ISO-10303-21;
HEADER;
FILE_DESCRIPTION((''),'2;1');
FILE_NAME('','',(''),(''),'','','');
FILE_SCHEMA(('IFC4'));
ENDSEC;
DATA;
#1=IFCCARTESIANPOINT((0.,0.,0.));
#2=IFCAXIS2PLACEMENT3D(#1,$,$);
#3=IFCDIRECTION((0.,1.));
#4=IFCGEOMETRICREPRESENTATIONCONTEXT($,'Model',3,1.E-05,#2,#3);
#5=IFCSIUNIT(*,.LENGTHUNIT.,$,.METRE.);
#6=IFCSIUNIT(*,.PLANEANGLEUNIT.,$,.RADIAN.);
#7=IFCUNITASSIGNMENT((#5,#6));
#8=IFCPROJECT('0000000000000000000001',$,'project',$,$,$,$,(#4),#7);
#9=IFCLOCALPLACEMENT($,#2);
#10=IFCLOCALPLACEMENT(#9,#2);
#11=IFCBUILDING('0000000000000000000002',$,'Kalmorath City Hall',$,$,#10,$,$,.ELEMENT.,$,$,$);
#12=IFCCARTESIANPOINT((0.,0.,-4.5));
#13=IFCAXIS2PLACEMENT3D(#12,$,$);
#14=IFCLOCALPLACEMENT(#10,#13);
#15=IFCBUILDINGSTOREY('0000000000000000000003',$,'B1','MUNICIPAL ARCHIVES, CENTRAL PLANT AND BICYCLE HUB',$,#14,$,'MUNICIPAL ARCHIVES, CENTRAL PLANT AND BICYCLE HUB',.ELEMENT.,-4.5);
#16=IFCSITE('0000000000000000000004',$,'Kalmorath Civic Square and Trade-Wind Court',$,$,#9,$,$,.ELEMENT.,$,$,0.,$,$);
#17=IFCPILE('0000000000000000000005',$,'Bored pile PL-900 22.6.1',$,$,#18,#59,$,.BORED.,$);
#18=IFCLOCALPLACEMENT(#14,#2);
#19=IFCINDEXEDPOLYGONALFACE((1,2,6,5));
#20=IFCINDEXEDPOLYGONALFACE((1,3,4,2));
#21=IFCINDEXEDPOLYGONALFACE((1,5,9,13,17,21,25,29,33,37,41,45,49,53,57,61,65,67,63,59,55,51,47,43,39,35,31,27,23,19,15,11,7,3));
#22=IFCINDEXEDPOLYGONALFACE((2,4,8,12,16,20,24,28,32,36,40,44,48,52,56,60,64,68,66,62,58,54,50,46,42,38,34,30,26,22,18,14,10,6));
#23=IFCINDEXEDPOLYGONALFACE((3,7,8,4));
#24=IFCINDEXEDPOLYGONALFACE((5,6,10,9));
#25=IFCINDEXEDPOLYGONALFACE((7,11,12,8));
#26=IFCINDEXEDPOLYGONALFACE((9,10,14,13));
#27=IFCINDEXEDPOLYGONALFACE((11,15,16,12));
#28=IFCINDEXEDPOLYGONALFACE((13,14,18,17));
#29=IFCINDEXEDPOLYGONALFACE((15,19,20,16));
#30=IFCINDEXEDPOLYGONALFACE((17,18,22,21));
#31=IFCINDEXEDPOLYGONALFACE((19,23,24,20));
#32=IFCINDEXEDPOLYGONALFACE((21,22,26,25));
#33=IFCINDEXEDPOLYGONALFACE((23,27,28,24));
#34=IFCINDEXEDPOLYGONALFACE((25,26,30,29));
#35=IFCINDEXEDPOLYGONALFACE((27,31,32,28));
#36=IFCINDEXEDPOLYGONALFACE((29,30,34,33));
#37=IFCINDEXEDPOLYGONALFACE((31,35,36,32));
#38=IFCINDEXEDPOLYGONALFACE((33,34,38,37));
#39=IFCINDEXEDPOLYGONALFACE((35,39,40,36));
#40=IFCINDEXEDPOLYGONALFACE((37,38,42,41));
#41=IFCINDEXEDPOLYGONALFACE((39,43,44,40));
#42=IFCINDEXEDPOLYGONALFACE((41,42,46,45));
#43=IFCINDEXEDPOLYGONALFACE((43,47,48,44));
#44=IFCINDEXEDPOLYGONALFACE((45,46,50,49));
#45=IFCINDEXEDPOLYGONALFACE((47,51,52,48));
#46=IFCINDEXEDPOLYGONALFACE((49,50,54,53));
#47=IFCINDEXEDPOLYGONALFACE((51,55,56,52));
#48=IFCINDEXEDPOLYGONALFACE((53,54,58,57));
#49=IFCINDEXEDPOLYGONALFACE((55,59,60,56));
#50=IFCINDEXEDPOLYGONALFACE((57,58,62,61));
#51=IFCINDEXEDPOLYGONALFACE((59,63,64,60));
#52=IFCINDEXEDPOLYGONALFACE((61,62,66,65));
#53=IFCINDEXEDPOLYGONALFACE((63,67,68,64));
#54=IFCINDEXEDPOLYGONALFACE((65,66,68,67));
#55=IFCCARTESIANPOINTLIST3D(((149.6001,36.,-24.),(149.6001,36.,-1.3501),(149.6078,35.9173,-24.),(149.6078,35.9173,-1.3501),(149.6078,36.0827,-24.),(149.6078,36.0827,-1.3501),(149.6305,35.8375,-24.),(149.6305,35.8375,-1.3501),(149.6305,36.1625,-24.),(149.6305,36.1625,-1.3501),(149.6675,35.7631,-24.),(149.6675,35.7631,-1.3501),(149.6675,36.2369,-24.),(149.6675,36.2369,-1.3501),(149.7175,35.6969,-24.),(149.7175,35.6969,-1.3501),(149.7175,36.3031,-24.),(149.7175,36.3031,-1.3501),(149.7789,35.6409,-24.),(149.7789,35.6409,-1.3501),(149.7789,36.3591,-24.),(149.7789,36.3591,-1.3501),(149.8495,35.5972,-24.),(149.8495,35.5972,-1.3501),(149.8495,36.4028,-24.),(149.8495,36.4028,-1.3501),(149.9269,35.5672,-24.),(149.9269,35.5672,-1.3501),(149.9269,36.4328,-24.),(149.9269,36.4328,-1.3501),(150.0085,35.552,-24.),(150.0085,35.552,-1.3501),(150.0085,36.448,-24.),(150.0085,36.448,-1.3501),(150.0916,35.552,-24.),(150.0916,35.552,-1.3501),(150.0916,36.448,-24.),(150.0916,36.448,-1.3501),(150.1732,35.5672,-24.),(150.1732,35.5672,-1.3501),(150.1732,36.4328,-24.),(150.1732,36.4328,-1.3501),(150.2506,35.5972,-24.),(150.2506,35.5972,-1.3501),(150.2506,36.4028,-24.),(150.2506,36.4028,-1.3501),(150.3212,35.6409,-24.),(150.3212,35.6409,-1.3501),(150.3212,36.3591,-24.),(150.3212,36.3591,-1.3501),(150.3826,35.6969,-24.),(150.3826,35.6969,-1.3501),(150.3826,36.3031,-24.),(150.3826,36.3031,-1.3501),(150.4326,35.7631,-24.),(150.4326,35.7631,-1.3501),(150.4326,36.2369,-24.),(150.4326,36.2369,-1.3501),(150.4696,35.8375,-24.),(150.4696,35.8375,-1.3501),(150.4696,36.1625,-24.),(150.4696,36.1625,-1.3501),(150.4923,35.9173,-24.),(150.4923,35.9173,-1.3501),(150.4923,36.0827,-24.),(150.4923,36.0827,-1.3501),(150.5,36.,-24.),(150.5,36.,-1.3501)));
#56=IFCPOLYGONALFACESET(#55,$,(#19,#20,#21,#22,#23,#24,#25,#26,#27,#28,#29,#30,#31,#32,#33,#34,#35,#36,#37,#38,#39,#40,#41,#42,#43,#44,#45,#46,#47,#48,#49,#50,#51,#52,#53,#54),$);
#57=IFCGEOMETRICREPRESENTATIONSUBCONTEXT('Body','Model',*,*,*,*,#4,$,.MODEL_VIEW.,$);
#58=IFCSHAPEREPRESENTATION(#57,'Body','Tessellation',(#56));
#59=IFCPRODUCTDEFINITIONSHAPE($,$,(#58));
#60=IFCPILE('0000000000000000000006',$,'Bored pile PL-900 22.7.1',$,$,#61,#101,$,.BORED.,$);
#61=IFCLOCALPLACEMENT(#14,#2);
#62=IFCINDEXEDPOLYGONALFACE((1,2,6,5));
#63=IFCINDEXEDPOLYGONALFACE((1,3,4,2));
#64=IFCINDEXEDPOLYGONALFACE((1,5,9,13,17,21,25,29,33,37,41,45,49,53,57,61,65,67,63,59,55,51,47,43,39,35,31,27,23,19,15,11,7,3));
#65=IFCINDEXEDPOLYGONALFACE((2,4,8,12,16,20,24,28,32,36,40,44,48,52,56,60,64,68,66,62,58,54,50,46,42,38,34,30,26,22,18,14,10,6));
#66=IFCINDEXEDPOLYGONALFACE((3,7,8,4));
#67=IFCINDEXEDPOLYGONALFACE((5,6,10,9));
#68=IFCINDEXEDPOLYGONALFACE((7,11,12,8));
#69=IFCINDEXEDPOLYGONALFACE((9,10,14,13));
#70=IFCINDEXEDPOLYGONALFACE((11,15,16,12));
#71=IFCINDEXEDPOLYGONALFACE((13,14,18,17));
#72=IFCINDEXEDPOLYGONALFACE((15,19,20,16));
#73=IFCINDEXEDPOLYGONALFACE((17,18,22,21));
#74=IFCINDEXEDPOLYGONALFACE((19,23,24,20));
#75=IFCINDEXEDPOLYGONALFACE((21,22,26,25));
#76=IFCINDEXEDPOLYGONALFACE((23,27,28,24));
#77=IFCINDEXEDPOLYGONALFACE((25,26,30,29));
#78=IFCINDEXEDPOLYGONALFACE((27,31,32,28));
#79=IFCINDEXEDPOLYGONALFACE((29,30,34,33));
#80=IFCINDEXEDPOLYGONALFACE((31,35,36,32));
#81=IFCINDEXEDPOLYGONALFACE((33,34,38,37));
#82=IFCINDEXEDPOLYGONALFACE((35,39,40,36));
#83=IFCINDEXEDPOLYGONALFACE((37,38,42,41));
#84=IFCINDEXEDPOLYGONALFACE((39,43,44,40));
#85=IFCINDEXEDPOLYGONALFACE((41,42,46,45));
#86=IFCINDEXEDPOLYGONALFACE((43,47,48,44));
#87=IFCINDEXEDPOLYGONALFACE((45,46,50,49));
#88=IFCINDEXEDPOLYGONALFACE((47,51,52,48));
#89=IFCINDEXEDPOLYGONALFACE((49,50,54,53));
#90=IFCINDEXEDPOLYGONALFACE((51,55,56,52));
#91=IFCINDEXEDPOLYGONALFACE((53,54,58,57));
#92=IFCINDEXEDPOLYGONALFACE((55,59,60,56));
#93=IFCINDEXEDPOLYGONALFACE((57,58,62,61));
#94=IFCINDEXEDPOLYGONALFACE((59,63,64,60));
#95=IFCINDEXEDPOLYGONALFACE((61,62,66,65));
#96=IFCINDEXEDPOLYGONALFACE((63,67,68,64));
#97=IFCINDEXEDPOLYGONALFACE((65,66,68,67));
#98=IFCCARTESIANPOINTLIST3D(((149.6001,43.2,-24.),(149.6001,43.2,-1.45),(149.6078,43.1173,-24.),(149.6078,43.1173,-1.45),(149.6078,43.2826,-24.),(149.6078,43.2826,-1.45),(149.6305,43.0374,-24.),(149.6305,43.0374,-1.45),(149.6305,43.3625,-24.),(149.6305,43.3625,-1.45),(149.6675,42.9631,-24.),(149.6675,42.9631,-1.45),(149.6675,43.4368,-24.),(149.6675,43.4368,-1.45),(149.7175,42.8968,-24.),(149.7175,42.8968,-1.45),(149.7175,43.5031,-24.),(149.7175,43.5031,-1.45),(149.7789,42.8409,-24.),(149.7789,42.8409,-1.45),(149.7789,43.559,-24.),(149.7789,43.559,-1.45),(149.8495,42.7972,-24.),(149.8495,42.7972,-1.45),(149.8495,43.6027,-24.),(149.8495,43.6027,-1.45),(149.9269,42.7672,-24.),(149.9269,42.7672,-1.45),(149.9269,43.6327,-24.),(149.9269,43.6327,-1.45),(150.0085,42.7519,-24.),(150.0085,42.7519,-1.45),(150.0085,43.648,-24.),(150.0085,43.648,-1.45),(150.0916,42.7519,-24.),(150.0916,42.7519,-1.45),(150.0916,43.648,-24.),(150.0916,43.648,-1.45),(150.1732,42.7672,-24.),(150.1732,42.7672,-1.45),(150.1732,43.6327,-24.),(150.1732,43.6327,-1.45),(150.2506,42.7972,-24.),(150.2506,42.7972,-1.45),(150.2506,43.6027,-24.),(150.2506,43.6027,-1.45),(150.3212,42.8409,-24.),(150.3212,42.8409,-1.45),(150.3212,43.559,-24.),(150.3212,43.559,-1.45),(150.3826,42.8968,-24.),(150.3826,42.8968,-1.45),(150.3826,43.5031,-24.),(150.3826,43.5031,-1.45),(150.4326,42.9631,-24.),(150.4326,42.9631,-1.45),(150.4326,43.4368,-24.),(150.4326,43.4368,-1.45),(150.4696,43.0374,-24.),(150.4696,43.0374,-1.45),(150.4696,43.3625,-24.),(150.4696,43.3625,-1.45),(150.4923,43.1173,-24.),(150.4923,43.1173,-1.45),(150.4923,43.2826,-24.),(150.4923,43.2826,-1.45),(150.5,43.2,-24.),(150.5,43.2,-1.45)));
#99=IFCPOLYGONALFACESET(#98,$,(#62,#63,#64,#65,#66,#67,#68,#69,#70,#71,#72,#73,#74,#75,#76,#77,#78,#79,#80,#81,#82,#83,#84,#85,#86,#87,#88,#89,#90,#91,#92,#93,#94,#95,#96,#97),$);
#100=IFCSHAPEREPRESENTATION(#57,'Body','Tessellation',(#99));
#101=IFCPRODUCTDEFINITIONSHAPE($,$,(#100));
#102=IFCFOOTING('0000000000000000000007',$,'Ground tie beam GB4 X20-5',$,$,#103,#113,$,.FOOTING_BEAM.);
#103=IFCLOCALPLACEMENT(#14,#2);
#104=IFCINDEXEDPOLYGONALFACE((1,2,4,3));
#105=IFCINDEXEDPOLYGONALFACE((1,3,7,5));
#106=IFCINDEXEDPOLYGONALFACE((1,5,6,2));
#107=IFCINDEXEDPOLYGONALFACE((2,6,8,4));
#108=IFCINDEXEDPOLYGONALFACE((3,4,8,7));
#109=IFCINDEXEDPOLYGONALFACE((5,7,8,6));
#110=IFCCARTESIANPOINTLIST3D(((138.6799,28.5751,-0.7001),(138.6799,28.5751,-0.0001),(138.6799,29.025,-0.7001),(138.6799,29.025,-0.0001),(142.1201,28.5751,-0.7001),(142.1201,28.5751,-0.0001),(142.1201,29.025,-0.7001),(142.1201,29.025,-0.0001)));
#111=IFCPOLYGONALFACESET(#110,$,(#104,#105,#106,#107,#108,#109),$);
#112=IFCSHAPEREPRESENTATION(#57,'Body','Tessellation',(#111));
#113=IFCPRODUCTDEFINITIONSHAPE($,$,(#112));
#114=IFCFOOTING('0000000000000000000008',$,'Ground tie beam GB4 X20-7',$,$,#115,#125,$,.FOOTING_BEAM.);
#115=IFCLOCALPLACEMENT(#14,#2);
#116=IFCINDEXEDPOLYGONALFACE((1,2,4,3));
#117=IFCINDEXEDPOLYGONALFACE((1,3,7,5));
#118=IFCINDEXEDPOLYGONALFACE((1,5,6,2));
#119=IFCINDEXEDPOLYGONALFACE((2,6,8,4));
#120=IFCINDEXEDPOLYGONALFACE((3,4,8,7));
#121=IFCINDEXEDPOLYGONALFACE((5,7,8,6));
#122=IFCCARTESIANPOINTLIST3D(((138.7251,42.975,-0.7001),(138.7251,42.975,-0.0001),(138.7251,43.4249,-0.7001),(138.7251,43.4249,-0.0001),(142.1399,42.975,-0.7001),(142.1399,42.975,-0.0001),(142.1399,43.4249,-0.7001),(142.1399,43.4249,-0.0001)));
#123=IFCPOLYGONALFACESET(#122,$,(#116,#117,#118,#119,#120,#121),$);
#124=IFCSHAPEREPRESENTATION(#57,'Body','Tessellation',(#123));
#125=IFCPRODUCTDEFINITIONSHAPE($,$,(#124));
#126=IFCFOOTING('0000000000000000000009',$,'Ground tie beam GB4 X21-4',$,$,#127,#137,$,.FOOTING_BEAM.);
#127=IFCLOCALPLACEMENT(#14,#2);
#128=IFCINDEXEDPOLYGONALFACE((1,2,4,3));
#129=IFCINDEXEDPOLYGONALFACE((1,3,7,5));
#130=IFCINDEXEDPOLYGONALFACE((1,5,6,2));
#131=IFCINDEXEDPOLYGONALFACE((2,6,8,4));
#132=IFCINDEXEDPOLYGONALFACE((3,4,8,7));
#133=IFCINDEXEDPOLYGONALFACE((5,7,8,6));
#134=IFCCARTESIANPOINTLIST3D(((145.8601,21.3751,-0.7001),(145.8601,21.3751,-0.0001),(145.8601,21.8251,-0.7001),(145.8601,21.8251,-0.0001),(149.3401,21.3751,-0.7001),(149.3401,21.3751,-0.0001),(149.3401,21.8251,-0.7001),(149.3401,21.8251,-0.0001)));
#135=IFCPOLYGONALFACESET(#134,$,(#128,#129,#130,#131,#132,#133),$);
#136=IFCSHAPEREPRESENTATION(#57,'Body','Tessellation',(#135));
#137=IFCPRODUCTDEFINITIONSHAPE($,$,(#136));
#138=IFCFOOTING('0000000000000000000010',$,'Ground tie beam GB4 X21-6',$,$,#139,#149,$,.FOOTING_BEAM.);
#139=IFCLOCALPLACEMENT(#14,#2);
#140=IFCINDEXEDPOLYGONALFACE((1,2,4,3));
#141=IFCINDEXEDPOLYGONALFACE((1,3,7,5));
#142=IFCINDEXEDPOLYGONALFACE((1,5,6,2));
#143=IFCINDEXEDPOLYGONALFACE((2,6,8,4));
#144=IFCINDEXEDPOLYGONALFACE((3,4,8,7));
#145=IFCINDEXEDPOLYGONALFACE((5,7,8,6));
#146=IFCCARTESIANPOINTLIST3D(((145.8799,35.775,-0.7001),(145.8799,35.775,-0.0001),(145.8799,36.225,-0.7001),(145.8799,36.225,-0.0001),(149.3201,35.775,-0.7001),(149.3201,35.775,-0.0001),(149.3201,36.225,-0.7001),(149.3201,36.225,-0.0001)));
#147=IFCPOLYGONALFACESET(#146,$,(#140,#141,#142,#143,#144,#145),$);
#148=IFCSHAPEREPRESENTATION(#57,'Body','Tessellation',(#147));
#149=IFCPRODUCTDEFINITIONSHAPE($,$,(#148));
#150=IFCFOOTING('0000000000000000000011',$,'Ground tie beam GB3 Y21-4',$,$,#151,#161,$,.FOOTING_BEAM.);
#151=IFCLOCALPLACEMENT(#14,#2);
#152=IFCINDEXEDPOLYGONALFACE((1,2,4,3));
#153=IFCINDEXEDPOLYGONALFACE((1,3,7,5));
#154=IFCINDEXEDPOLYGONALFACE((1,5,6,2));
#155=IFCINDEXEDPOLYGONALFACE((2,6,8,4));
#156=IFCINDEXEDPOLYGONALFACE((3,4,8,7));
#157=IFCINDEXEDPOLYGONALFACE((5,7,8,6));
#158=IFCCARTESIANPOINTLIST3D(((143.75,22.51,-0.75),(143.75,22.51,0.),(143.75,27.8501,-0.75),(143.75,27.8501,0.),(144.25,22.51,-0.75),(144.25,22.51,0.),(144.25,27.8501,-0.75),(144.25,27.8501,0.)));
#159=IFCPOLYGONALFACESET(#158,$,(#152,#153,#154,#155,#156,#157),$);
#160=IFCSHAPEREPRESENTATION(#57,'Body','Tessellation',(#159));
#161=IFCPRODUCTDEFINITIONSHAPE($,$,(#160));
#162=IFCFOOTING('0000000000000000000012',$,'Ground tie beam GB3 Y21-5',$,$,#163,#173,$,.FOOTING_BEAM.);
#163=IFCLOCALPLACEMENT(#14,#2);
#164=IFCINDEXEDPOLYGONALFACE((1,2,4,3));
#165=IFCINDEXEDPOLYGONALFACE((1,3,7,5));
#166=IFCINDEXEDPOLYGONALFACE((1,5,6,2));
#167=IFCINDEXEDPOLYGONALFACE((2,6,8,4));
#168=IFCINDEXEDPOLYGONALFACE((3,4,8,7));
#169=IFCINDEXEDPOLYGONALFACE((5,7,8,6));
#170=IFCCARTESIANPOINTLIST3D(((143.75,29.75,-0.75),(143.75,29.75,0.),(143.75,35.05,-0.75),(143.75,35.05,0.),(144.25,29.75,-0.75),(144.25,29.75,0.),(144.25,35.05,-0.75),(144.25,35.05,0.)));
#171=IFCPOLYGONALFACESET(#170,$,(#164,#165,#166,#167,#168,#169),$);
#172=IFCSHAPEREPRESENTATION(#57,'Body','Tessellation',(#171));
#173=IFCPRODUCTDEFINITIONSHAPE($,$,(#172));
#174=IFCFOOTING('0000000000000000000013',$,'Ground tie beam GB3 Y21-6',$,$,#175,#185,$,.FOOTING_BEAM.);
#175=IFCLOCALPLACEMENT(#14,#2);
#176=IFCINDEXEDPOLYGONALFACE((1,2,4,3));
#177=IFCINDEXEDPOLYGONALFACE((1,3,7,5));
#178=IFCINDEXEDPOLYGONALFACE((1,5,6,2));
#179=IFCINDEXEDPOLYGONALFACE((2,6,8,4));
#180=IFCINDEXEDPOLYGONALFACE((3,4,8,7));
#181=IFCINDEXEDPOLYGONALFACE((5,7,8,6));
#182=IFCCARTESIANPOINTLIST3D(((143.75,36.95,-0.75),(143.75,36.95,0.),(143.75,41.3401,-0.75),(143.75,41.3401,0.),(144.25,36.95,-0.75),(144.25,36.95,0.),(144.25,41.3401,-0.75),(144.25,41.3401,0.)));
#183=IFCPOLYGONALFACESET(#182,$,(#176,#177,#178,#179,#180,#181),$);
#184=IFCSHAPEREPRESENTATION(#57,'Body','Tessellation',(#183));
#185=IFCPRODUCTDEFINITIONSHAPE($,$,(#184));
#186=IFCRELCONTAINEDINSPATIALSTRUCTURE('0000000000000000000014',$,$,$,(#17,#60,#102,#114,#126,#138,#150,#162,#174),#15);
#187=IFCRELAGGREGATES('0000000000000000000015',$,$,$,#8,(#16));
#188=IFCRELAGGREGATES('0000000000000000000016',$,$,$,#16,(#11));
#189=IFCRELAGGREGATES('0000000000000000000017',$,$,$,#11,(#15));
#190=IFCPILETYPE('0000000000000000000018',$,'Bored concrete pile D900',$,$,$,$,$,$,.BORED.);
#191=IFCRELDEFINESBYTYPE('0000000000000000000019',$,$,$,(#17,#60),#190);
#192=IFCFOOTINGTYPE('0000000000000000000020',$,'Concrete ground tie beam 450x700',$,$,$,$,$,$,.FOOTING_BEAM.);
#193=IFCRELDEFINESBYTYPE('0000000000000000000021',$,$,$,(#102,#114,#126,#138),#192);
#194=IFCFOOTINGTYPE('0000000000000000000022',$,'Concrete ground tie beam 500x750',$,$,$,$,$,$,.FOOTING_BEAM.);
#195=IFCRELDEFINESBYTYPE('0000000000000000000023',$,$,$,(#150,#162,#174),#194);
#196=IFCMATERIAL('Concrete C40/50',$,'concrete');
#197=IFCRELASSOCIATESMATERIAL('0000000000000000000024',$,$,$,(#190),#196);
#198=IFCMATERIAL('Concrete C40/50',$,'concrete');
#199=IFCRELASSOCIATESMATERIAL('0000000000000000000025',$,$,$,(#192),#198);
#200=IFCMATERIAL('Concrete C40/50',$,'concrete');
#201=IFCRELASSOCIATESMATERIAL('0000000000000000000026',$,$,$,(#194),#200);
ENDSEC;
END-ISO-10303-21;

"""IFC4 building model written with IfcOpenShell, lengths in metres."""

from ifc_helpers import new_model, si_unit, direction, frame, origin, origin_2d, place, context, subcontext, project, spatial, rectangle, circle, extrude, material, material_profile, profile_set, type_object, element, save


model = new_model("IFC4")

# Units and contexts
model_context = context("Model", 3, precision=1e-05, world=origin(), true_north=direction((0.0, 1.0)))
body_context = subcontext(model_context, "Body", "Model", "MODEL_VIEW")
ifc_project = project(units=[si_unit("LENGTHUNIT", "METRE"), si_unit("PLANEANGLEUNIT", "RADIAN")], contexts=[model_context])

# Site, building, storey
site_placement = place(None, origin())
site = spatial("IfcSite", under=ifc_project, at=site_placement, Name="Kalmorath Civic Square and Trade-Wind Court", CompositionType="ELEMENT", RefElevation=0.0)
building_placement = place(site_placement, origin())
building = spatial("IfcBuilding", under=site, at=building_placement, Name="Kalmorath City Hall", CompositionType="ELEMENT")
storey_placement = place(building_placement, frame((0.0, 0.0, -4.5)))
storey = spatial("IfcBuildingStorey", under=building, at=storey_placement, Name="B1", Description="MUNICIPAL ARCHIVES, CENTRAL PLANT AND BICYCLE HUB", LongName="MUNICIPAL ARCHIVES, CENTRAL PLANT AND BICYCLE HUB", CompositionType="ELEMENT", Elevation=-4.5)

# Piles
ifc_material_1 = material(Name="Concrete C40/50", Category="concrete")
ifc_material_profile_1 = material_profile(ifc_material_1, circle(Radius=0.45, at=origin_2d()), Name="PILE-D900")
ifc_profile_set_1 = profile_set([ifc_material_profile_1], Name="Concrete C40/50")
pile_type = type_object("IfcPileType", Name="Bored concrete pile D900", PredefinedType="BORED", material=ifc_profile_set_1)
for number, where, z_axis, x_axis, name in (
    (1, (150.05, 36.0, -1.3501), (0.0, 0.0, -1.0), (1.0, 0.0, 0.0), "Bored pile PL-900 22.6.1"),
):
    element("IfcPile", number, at=place(storey_placement, frame(where, z_axis=z_axis, x_axis=x_axis)), inside=storey, type_object=pile_type, Name=name, PredefinedType="BORED", context=body_context, shape_type="SweptSolid", body=[
        extrude(circle(Radius=0.45, at=origin_2d()), origin(), (0.0, 0.0, 1.0), 22.6499),
    ])
pile_1_placement = place(storey_placement, frame((150.05, 43.2, -1.45), z_axis=(0.0, 0.0, -1.0), x_axis=(1.0, 0.0, 0.0)))
element("IfcPile", 2, at=pile_1_placement, inside=storey, type_object=pile_type, Name="Bored pile PL-900 22.7.1", PredefinedType="BORED", context=body_context, shape_type="SweptSolid", body=[
    extrude(circle(Radius=0.45, at=origin_2d()), origin(), (0.0, 0.0, 1.0), 22.55),
])

# Footings
ifc_material_2 = material(Name="Concrete C40/50", Category="concrete")
ifc_material_profile_2 = material_profile(ifc_material_2, rectangle(XDim=0.45, YDim=0.7, at=origin_2d()), Name="RC-BM-450X700")
ifc_profile_set_2 = profile_set([ifc_material_profile_2], Name="Concrete C40/50")
footing_type_1 = type_object("IfcFootingType", Name="Concrete ground tie beam 450x700", PredefinedType="FOOTING_BEAM", material=ifc_profile_set_2)
footing_1_placement = place(storey_placement, frame((138.6799, 28.8, -0.3501), z_axis=(1.0, 0.0, 0.0), x_axis=(0.0, 1.0, 0.0)))
element("IfcFooting", 3, at=footing_1_placement, inside=storey, type_object=footing_type_1, Name="Ground tie beam GB4 X20-5", PredefinedType="FOOTING_BEAM", context=body_context, shape_type="SweptSolid", body=[
    extrude(rectangle(XDim=0.45, YDim=0.7, at=origin_2d()), origin(), (0.0, 0.0, 1.0), 3.4402),
])
footing_2_placement = place(storey_placement, frame((138.7251, 43.2, -0.3501), z_axis=(1.0, 0.0, 0.0), x_axis=(0.0, 1.0, 0.0)))
element("IfcFooting", 4, at=footing_2_placement, inside=storey, type_object=footing_type_1, Name="Ground tie beam GB4 X20-7", PredefinedType="FOOTING_BEAM", context=body_context, shape_type="SweptSolid", body=[
    extrude(rectangle(XDim=0.45, YDim=0.7, at=origin_2d()), origin(), (0.0, 0.0, 1.0), 3.4148),
])
footing_3_placement = place(storey_placement, frame((145.8601, 21.6001, -0.3501), z_axis=(1.0, 0.0, 0.0), x_axis=(0.0, 1.0, 0.0)))
element("IfcFooting", 5, at=footing_3_placement, inside=storey, type_object=footing_type_1, Name="Ground tie beam GB4 X21-4", PredefinedType="FOOTING_BEAM", context=body_context, shape_type="SweptSolid", body=[
    extrude(rectangle(XDim=0.45, YDim=0.7, at=origin_2d()), origin(), (0.0, 0.0, 1.0), 3.48),
])
footing_4_placement = place(storey_placement, frame((145.8799, 36.0, -0.3501), z_axis=(1.0, 0.0, 0.0), x_axis=(0.0, 1.0, 0.0)))
element("IfcFooting", 6, at=footing_4_placement, inside=storey, type_object=footing_type_1, Name="Ground tie beam GB4 X21-6", PredefinedType="FOOTING_BEAM", context=body_context, shape_type="SweptSolid", body=[
    extrude(rectangle(XDim=0.45, YDim=0.7, at=origin_2d()), origin(), (0.0, 0.0, 1.0), 3.4402),
])
ifc_material_3 = material(Name="Concrete C40/50", Category="concrete")
ifc_material_profile_3 = material_profile(ifc_material_3, rectangle(XDim=0.5, YDim=0.75, at=origin_2d()), Name="RC-BM-500X750")
ifc_profile_set_3 = profile_set([ifc_material_profile_3], Name="Concrete C40/50")
footing_type_2 = type_object("IfcFootingType", Name="Concrete ground tie beam 500x750", PredefinedType="FOOTING_BEAM", material=ifc_profile_set_3)
footing_5_placement = place(storey_placement, frame((144.0, 22.51, -0.375), z_axis=(0.0, 1.0, 0.0), x_axis=(-1.0, 0.0, 0.0)))
element("IfcFooting", 7, at=footing_5_placement, inside=storey, type_object=footing_type_2, Name="Ground tie beam GB3 Y21-4", PredefinedType="FOOTING_BEAM", context=body_context, shape_type="SweptSolid", body=[
    extrude(rectangle(XDim=0.5, YDim=0.75, at=origin_2d()), origin(), (0.0, 0.0, 1.0), 5.3401),
])
footing_6_placement = place(storey_placement, frame((144.0, 29.75, -0.375), z_axis=(0.0, 1.0, 0.0), x_axis=(-1.0, 0.0, 0.0)))
element("IfcFooting", 8, at=footing_6_placement, inside=storey, type_object=footing_type_2, Name="Ground tie beam GB3 Y21-5", PredefinedType="FOOTING_BEAM", context=body_context, shape_type="SweptSolid", body=[
    extrude(rectangle(XDim=0.5, YDim=0.75, at=origin_2d()), origin(), (0.0, 0.0, 1.0), 5.3),
])
footing_7_placement = place(storey_placement, frame((144.0, 36.95, -0.375), z_axis=(0.0, 1.0, 0.0), x_axis=(-1.0, 0.0, 0.0)))
element("IfcFooting", 9, at=footing_7_placement, inside=storey, type_object=footing_type_2, Name="Ground tie beam GB3 Y21-6", PredefinedType="FOOTING_BEAM", context=body_context, shape_type="SweptSolid", body=[
    extrude(rectangle(XDim=0.5, YDim=0.75, at=origin_2d()), origin(), (0.0, 0.0, 1.0), 4.3901),
])

save(model, "model.ifc")
